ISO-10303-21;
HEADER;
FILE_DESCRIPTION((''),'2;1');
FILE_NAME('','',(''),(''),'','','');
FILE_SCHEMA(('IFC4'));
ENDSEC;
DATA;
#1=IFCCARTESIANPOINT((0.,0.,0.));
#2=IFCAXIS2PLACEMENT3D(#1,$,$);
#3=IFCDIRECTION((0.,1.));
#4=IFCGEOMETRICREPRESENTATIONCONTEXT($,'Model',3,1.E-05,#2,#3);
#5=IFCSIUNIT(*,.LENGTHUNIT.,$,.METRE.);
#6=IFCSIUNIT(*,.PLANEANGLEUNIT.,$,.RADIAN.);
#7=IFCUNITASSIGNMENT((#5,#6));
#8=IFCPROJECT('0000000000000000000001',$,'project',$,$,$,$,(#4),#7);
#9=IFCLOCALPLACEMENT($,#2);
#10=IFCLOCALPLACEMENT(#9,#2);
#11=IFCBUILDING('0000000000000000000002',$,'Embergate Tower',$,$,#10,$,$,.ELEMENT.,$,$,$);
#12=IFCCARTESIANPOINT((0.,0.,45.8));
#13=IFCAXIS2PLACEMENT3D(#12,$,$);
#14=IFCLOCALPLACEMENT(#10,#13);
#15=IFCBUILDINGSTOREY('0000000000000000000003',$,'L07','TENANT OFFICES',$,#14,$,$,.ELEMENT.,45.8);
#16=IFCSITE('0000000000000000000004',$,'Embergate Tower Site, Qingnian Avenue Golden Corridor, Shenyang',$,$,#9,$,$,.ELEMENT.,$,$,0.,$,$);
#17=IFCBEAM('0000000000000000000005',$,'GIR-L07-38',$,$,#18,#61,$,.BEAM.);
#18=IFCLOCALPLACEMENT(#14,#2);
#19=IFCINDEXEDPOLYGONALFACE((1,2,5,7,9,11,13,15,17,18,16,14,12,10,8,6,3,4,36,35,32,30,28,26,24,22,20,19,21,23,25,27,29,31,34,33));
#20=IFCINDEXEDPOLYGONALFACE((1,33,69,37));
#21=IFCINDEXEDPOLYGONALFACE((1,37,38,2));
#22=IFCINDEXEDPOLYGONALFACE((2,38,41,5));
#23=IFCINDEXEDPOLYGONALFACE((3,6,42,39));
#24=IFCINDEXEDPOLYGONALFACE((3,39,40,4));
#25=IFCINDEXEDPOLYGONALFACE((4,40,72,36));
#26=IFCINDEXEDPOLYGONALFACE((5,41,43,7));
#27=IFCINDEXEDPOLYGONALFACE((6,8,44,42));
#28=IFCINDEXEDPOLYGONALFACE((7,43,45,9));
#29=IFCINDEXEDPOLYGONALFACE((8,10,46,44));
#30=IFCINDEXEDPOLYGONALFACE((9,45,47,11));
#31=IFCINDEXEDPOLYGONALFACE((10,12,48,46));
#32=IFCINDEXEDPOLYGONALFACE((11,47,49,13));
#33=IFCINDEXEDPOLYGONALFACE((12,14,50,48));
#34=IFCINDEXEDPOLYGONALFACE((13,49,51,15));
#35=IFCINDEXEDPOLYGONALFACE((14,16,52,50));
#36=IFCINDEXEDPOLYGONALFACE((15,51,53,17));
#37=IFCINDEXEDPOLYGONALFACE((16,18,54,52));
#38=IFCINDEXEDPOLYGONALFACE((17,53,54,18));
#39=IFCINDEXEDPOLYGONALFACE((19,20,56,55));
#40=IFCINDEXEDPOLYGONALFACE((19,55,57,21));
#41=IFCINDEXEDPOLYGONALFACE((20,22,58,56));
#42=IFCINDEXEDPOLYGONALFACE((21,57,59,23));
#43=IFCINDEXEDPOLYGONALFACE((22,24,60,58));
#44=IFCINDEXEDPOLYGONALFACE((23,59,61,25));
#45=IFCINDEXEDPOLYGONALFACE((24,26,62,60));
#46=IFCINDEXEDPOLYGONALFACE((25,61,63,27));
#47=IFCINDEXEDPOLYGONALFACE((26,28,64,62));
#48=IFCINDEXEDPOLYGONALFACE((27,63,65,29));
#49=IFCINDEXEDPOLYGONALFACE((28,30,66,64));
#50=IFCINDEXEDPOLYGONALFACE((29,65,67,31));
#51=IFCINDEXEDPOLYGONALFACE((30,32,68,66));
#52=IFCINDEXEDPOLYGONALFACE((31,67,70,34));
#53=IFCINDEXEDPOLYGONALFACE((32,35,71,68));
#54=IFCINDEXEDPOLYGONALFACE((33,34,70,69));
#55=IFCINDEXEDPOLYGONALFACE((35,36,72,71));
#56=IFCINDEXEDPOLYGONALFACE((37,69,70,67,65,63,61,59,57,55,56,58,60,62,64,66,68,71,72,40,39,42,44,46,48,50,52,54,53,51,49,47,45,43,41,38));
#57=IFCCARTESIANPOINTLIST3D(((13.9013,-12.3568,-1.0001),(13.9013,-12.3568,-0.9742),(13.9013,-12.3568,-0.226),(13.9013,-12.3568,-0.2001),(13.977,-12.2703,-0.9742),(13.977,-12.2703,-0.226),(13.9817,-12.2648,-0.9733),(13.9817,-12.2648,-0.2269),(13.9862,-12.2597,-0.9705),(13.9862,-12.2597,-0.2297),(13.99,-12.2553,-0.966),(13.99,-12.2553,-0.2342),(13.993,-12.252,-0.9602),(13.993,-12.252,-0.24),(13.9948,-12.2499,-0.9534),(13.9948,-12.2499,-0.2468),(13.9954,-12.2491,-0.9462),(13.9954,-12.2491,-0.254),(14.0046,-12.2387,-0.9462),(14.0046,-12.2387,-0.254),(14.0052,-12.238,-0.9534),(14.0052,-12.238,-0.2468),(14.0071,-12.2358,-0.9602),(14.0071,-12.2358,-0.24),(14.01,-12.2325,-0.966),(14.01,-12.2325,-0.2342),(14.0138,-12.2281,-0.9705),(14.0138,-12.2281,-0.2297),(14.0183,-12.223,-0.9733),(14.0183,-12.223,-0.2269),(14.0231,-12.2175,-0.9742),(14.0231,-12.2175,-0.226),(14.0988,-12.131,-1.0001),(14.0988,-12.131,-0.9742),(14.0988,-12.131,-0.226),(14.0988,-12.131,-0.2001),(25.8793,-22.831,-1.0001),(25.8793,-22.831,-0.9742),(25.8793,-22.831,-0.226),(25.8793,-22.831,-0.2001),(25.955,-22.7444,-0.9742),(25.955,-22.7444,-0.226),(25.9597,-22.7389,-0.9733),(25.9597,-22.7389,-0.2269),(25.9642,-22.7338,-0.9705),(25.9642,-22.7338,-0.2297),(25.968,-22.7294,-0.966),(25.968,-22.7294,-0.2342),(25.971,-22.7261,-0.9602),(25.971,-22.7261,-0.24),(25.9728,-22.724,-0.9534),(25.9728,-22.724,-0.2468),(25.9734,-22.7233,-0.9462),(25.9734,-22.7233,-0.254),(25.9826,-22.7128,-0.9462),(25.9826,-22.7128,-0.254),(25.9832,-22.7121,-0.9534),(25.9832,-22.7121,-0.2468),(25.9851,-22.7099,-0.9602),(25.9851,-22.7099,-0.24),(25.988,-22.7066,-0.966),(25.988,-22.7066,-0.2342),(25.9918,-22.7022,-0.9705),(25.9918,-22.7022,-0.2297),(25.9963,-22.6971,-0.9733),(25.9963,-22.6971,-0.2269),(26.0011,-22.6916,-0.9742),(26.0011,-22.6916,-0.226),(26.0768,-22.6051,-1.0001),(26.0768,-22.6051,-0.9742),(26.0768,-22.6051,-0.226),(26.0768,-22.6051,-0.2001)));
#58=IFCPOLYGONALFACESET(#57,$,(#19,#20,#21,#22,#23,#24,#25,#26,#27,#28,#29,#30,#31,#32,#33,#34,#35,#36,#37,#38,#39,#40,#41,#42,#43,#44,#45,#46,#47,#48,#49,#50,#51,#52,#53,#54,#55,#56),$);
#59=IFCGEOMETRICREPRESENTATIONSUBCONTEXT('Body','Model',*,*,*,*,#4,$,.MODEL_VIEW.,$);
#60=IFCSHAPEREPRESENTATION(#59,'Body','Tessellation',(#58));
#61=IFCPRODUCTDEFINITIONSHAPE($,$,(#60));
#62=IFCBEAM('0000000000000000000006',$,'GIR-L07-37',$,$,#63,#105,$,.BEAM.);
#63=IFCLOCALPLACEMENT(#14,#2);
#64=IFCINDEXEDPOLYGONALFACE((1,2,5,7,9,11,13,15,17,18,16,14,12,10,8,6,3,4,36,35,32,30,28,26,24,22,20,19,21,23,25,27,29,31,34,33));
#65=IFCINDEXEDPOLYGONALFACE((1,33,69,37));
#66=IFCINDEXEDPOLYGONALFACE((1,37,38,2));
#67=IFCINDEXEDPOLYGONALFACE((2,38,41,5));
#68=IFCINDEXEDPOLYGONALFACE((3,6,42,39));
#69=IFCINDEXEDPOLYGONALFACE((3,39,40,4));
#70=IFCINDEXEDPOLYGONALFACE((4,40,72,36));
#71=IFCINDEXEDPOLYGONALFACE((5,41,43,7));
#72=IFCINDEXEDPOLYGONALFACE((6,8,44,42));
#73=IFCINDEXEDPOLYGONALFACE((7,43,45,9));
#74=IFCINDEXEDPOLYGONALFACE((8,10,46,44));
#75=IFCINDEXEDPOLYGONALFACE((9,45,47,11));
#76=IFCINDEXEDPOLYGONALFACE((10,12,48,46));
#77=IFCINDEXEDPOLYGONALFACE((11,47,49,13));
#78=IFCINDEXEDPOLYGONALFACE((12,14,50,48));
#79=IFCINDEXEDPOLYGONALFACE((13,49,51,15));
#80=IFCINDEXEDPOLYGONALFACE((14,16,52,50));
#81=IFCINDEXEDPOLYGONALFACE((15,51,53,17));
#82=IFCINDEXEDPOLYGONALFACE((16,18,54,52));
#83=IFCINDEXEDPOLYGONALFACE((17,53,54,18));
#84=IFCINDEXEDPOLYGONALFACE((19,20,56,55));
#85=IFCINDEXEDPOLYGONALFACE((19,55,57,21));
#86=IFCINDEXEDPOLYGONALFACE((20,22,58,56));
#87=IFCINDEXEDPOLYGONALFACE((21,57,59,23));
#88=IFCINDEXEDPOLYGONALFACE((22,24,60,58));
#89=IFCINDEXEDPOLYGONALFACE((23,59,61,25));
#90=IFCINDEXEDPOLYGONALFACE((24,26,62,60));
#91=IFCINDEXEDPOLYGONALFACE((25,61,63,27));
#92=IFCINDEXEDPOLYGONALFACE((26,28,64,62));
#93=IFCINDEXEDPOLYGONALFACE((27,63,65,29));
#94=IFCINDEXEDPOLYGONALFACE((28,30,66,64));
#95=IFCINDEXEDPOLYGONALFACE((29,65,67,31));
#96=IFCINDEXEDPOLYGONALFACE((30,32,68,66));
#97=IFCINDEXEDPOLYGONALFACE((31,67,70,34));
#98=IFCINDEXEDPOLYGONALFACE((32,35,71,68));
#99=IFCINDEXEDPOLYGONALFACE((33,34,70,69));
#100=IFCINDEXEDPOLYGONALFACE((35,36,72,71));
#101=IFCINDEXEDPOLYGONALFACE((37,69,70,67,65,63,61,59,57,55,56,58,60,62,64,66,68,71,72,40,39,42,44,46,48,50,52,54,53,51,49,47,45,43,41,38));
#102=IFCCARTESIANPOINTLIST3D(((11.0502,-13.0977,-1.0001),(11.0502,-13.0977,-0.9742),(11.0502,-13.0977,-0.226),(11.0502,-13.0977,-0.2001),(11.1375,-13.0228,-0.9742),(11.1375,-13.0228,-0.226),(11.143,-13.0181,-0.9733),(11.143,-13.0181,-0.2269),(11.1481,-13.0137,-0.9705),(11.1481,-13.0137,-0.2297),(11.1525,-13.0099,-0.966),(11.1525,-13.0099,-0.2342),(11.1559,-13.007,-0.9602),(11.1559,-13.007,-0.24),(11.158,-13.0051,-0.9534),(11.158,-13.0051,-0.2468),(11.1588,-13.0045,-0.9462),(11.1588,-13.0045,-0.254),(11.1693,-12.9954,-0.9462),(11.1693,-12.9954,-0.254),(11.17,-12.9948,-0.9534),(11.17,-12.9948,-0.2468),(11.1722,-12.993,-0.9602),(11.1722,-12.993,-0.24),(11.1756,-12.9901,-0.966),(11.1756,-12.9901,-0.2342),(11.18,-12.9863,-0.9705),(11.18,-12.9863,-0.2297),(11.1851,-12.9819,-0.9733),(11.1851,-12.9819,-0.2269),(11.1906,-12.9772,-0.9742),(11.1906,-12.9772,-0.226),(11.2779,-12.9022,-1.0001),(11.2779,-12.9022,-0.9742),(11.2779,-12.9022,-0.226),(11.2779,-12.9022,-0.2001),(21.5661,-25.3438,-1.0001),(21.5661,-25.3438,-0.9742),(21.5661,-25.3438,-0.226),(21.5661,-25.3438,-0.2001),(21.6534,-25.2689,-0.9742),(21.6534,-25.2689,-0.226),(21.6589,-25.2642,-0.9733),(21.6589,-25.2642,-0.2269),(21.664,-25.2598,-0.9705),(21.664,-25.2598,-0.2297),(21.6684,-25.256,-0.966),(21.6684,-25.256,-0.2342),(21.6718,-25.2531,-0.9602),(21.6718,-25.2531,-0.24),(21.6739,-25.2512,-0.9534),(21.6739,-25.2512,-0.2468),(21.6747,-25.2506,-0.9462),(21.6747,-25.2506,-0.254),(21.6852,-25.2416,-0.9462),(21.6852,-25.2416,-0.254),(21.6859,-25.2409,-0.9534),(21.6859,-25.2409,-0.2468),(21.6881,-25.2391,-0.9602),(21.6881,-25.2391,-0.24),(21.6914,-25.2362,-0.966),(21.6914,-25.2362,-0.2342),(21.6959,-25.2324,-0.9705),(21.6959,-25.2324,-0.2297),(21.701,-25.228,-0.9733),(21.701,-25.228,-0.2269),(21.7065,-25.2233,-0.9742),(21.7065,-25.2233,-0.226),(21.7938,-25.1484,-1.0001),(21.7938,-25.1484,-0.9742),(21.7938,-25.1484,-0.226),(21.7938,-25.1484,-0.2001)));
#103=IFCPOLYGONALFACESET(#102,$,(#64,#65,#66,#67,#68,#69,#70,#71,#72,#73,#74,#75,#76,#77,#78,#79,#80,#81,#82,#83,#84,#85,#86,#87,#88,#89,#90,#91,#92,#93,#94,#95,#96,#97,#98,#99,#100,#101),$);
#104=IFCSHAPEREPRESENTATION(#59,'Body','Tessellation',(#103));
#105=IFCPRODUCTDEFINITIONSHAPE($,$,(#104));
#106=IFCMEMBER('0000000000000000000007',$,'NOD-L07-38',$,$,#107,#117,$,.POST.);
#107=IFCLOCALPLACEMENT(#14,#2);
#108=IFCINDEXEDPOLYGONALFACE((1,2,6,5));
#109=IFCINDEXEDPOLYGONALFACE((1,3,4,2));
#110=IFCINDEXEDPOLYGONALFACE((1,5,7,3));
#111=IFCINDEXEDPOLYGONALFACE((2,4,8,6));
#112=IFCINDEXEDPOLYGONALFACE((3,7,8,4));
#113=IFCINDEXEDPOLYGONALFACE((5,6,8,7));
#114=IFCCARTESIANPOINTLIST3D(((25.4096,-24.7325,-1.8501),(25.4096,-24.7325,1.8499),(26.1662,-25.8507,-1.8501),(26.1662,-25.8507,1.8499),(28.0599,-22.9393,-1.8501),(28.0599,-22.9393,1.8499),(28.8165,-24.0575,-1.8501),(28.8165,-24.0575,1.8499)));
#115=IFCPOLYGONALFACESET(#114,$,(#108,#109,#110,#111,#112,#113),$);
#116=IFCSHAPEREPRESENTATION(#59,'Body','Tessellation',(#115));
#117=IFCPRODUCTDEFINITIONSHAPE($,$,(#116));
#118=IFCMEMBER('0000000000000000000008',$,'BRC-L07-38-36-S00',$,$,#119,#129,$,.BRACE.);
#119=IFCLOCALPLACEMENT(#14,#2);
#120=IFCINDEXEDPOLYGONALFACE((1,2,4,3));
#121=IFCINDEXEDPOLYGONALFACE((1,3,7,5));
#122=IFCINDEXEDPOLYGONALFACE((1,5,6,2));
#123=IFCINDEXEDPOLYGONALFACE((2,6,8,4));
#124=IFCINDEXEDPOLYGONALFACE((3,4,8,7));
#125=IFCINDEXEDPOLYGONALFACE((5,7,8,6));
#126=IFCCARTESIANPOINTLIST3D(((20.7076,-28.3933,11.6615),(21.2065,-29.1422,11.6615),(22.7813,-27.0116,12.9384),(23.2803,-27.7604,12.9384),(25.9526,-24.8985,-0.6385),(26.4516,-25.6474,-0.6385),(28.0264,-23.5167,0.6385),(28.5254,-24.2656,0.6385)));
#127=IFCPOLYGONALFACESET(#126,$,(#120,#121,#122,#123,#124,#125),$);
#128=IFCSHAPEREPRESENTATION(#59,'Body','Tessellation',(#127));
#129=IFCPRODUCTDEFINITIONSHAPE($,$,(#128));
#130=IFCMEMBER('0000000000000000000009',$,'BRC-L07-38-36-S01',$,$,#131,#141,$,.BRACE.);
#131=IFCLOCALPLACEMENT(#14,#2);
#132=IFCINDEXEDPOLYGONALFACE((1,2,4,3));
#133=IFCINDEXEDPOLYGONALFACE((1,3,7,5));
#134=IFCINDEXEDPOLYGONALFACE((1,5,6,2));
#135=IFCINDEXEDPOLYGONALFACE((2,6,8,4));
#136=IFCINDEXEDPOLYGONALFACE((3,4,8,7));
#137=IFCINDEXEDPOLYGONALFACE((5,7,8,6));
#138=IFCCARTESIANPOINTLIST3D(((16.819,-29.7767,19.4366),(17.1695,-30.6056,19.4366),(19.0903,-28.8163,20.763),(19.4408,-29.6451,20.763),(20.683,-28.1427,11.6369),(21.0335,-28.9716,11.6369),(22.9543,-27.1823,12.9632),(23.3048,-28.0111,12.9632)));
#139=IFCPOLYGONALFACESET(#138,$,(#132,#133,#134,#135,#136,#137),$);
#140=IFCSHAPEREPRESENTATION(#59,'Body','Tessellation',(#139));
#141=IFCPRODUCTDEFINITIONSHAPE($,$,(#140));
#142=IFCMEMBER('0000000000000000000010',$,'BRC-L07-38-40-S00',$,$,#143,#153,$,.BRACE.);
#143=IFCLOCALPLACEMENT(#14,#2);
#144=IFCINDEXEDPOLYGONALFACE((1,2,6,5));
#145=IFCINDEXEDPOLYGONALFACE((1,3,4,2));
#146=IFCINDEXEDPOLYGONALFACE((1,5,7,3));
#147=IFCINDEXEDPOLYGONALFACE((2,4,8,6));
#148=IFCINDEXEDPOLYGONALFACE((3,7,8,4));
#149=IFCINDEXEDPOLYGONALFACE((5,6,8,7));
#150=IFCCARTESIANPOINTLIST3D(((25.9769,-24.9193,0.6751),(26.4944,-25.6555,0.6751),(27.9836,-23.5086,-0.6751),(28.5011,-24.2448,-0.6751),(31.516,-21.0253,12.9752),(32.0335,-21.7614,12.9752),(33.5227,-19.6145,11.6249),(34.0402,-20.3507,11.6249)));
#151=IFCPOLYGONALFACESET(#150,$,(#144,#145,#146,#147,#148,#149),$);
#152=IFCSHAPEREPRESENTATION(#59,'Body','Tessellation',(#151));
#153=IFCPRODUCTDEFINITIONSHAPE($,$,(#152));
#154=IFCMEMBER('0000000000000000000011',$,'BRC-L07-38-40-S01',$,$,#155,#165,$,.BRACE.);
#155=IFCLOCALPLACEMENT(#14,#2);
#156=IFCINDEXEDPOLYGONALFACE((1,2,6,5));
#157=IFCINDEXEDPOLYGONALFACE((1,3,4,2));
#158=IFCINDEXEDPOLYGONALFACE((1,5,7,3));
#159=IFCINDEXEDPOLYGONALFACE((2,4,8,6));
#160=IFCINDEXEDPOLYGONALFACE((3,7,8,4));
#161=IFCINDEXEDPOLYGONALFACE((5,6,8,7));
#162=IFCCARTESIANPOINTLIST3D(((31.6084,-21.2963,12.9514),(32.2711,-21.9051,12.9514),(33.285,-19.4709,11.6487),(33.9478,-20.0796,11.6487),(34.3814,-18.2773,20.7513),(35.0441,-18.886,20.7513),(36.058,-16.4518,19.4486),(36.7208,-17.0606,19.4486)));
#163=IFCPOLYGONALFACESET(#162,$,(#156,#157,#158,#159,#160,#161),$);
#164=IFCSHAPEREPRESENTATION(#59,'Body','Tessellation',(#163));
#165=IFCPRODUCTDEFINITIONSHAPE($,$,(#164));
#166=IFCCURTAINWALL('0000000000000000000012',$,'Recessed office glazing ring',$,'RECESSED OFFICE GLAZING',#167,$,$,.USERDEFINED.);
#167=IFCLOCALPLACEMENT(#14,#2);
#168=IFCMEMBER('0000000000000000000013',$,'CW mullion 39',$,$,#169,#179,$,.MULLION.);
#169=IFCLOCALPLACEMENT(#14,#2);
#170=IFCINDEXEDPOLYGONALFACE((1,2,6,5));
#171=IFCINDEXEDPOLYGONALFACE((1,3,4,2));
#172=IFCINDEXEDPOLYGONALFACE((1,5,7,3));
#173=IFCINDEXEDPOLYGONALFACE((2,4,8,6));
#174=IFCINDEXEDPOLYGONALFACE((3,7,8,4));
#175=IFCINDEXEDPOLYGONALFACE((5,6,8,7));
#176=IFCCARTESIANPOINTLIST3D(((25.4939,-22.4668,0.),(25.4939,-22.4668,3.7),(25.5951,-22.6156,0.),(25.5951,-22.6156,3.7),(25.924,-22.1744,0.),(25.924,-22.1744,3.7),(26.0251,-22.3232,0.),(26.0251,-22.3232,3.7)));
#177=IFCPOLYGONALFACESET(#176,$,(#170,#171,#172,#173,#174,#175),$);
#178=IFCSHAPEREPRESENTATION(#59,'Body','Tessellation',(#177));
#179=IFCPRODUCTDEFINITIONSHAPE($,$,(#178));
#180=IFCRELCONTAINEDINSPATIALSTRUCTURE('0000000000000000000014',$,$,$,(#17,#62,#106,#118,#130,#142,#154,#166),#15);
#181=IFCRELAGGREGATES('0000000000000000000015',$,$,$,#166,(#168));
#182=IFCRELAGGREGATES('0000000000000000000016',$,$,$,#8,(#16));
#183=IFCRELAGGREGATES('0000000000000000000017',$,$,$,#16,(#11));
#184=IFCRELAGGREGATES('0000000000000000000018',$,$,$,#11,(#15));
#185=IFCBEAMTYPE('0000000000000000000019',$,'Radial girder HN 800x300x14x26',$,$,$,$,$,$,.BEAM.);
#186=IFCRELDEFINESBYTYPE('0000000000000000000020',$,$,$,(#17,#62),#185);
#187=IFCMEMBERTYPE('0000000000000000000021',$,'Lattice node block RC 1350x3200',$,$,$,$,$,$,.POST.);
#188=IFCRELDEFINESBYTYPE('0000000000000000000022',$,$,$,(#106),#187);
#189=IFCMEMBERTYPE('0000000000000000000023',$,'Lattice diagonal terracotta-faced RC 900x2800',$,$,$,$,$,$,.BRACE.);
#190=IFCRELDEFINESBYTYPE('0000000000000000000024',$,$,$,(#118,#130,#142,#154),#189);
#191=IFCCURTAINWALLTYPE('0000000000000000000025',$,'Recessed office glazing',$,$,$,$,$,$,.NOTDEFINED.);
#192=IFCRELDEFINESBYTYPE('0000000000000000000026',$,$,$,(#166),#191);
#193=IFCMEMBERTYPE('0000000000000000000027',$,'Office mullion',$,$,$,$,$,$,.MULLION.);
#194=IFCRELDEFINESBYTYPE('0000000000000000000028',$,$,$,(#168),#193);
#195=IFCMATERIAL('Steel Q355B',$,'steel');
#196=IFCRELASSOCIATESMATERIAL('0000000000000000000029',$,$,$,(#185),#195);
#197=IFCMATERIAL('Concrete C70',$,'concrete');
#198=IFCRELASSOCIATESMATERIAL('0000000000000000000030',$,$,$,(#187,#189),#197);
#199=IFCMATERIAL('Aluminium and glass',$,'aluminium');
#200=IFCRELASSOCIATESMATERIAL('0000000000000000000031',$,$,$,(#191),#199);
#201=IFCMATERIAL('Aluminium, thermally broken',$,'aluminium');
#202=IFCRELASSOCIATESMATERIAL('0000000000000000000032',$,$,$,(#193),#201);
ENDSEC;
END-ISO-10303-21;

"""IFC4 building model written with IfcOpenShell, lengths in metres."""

from ifc_helpers import new_model, si_unit, direction, frame, origin, origin_2d, place, context, subcontext, project, spatial, rectangle, i_section, extrude, source, transform, mapped, material, material_profile, profile_set, type_object, element, aggregate, save


model = new_model("IFC4")

# Units and contexts
model_context = context("Model", 3, precision=1e-05, world=origin(), true_north=direction((0.0, 1.0)))
body_context = subcontext(model_context, "Body", "Model", "MODEL_VIEW")
ifc_project = project(units=[si_unit("LENGTHUNIT", "METRE"), si_unit("PLANEANGLEUNIT", "RADIAN")], contexts=[model_context])

# Site, building, storey
site_placement = place(None, origin())
site = spatial("IfcSite", under=ifc_project, at=site_placement, Name="Embergate Tower Site, Qingnian Avenue Golden Corridor, Shenyang", CompositionType="ELEMENT", RefElevation=0.0)
building_placement = place(site_placement, origin())
building = spatial("IfcBuilding", under=site, at=building_placement, Name="Embergate Tower", CompositionType="ELEMENT")
storey_placement = place(building_placement, frame((0.0, 0.0, 45.8)))
storey = spatial("IfcBuildingStorey", under=building, at=storey_placement, Name="L07", Description="TENANT OFFICES", CompositionType="ELEMENT", Elevation=45.8)

# Shared definitions
ifc_material_1 = material(Name="Concrete C70", Category="concrete")

# Beams
ifc_material_2 = material(Name="Steel Q355B", Category="steel")
ifc_material_profile_1 = material_profile(ifc_material_2, i_section(OverallWidth=0.3, OverallDepth=0.8, WebThickness=0.0139, FlangeThickness=0.0259, FilletRadius=0.0281, at=origin_2d()), Name="HN 800x300x14x26")
ifc_profile_set_1 = profile_set([ifc_material_profile_1], Name="Steel Q355 grade B")
beam_type_1 = type_object("IfcBeamType", Name="Radial girder HN 800x300x14x26", PredefinedType="BEAM", material=ifc_profile_set_1)
shared_shape_1 = source(origin(), body_context, "Body", "SweptSolid", [
    extrude(i_section(OverallWidth=0.3, OverallDepth=0.8, WebThickness=0.0139, FlangeThickness=0.0259, FilletRadius=0.0281, at=origin_2d()), origin(), (0.0, 0.0, 1.0), 15.9116),
])
beam_1_placement = place(storey_placement, frame((25.978, -22.718, -0.6001), z_axis=(-0.752784, 0.658268, 0.0), x_axis=(-0.658268, -0.752784, 0.0)))
element("IfcBeam", 1, at=beam_1_placement, inside=storey, type_object=beam_type_1, Name="GIR-L07-38", PredefinedType="BEAM", context=body_context, shape_type="MappedRepresentation", body=[
    mapped(shared_shape_1, transform((0.0, 0.0, 0.0))),
])
shared_shape_2 = source(origin(), body_context, "Body", "SweptSolid", [
    extrude(i_section(OverallWidth=0.3, OverallDepth=0.8, WebThickness=0.0139, FlangeThickness=0.0259, FilletRadius=0.0281, at=origin_2d()), origin(), (0.0, 0.0, 1.0), 16.1416),
])
beam_2_placement = place(storey_placement, frame((21.6799, -25.2461, -0.6001), z_axis=(-0.651477, 0.758668, 0.0), x_axis=(-0.758668, -0.651477, 0.0)))
element("IfcBeam", 2, at=beam_2_placement, inside=storey, type_object=beam_type_1, Name="GIR-L07-37", PredefinedType="BEAM", context=body_context, shape_type="MappedRepresentation", body=[
    mapped(shared_shape_2, transform((0.0, 0.0, 0.0))),
])

# Members
ifc_material_profile_2 = material_profile(ifc_material_1, rectangle(XDim=1.3501, YDim=3.2, at=origin_2d()), Name="RC 1350x3200")
ifc_profile_set_2 = profile_set([ifc_material_profile_2], Name="Concrete C70")
member_type_1 = type_object("IfcMemberType", Name="Lattice node block RC 1350x3200", PredefinedType="POST", material=ifc_profile_set_2)
shared_shape_3 = source(origin(), body_context, "Body", "SweptSolid", [
    extrude(rectangle(XDim=1.3501, YDim=3.2, at=origin_2d()), origin(), (0.0, 0.0, 1.0), 3.7),
])
member_1_placement = place(storey_placement, frame((27.113, -24.395, -1.8501), z_axis=(0.0, 0.0, 1.0), x_axis=(0.560393, -0.828227, 0.0)))
element("IfcMember", 3, at=member_1_placement, inside=storey, type_object=member_type_1, Name="NOD-L07-38", PredefinedType="POST", context=body_context, shape_type="MappedRepresentation", body=[
    mapped(shared_shape_3, transform((0.0, 0.0, 0.0))),
])
ifc_material_profile_3 = material_profile(ifc_material_1, rectangle(XDim=0.8999, YDim=2.8, at=origin_2d()), Name="RC 900x2800")
ifc_profile_set_3 = profile_set([ifc_material_profile_3], Name="Concrete C70")
member_type_2 = type_object("IfcMemberType", Name="Lattice diagonal terracotta-faced RC 900x2800", PredefinedType="BRACE", material=ifc_profile_set_3)
shared_shape_4 = source(origin(), body_context, "Body", "SweptSolid", [
    extrude(rectangle(XDim=0.8999, YDim=2.8, at=origin_2d()), origin(), (0.0, 0.0, 1.0), 13.8208),
])
member_2_placement = place(storey_placement, frame((27.239, -24.582, 0.0), z_axis=(-0.379507, -0.252869, 0.889962), x_axis=(0.554495, -0.832187, 0.0)))
element("IfcMember", 4, at=member_2_placement, inside=storey, type_object=member_type_2, Name="BRC-L07-38-36-S00", PredefinedType="BRACE", context=body_context, shape_type="MappedRepresentation", body=[
    mapped(shared_shape_4, transform((0.0, 0.0, 0.0))),
])
shared_shape_5 = source(origin(), body_context, "Body", "SweptSolid", [
    extrude(rectangle(XDim=0.8999, YDim=2.8, at=origin_2d()), origin(), (0.0, 0.0, 1.0), 8.8564),
])
member_3_placement = place(storey_placement, frame((21.9939, -28.0769, 12.3), z_axis=(-0.436291, -0.184501, 0.880687), x_axis=(0.38949, -0.921031, 0.0)))
element("IfcMember", 5, at=member_3_placement, inside=storey, type_object=member_type_2, Name="BRC-L07-38-36-S01", PredefinedType="BRACE", context=body_context, shape_type="MappedRepresentation", body=[
    mapped(shared_shape_5, transform((0.0, 0.0, 0.0))),
])
shared_shape_6 = source(origin(), body_context, "Body", "SweptSolid", [
    extrude(rectangle(XDim=0.8999, YDim=2.8, at=origin_2d()), origin(), (0.0, 0.0, 1.0), 14.0405),
])
member_4_placement = place(storey_placement, frame((27.239, -24.582, 0.0), z_axis=(0.394506, 0.277343, 0.87604), x_axis=(-0.575116, 0.818072, 0.0)))
element("IfcMember", 6, at=member_4_placement, inside=storey, type_object=member_type_2, Name="BRC-L07-38-40-S00", PredefinedType="BRACE", context=body_context, shape_type="MappedRepresentation", body=[
    mapped(shared_shape_6, transform((0.0, 0.0, 0.0))),
])
shared_shape_7 = source(origin(), body_context, "Body", "SweptSolid", [
    extrude(rectangle(XDim=0.8999, YDim=2.8, at=origin_2d()), origin(), (0.0, 0.0, 1.0), 8.8115),
])
member_5_placement = place(storey_placement, frame((32.7781, -20.688, 12.3), z_axis=(0.3147, 0.342629, 0.885194), x_axis=(-0.736486, 0.676452, 0.0)))
element("IfcMember", 7, at=member_5_placement, inside=storey, type_object=member_type_2, Name="BRC-L07-38-40-S01", PredefinedType="BRACE", context=body_context, shape_type="MappedRepresentation", body=[
    mapped(shared_shape_7, transform((0.0, 0.0, 0.0))),
])

# Curtain wall, member
ifc_material_3 = material(Name="Aluminium and glass", Category="aluminium")
curtain_wall_type = type_object("IfcCurtainWallType", Name="Recessed office glazing", PredefinedType="NOTDEFINED", material=ifc_material_3)
curtain_wall_placement = place(storey_placement, origin())
curtain_wall = element("IfcCurtainWall", 8, at=curtain_wall_placement, inside=storey, type_object=curtain_wall_type, Name="Recessed office glazing ring", ObjectType="RECESSED OFFICE GLAZING", PredefinedType="USERDEFINED")
ifc_material_4 = material(Name="Aluminium, thermally broken", Category="aluminium")
ifc_material_profile_4 = material_profile(ifc_material_4, rectangle(XDim=0.1799, YDim=0.52, at=origin_2d()), Name="AL 520x180")
ifc_profile_set_4 = profile_set([ifc_material_profile_4], Name="Aluminium, thermally broken")
member_type_3 = type_object("IfcMemberType", Name="Office mullion", PredefinedType="MULLION", material=ifc_profile_set_4)
shared_shape_8 = source(origin(), body_context, "Body", "SweptSolid", [
    extrude(rectangle(XDim=0.1799, YDim=0.52, at=origin_2d()), origin(), (0.0, 0.0, 1.0), 3.7),
])
member_6_placement = place(storey_placement, frame((25.7595, -22.395, 0.0), z_axis=(0.0, 0.0, 1.0), x_axis=(-0.562218, 0.826989, 0.0)))
member_6 = element("IfcMember", 9, at=member_6_placement, type_object=member_type_3, Name="CW mullion 39", PredefinedType="MULLION", context=body_context, shape_type="MappedRepresentation", body=[
    mapped(shared_shape_8, transform((0.0, 0.0, 0.0))),
])
aggregate(curtain_wall, [member_6])

save(model, "model.ifc")
